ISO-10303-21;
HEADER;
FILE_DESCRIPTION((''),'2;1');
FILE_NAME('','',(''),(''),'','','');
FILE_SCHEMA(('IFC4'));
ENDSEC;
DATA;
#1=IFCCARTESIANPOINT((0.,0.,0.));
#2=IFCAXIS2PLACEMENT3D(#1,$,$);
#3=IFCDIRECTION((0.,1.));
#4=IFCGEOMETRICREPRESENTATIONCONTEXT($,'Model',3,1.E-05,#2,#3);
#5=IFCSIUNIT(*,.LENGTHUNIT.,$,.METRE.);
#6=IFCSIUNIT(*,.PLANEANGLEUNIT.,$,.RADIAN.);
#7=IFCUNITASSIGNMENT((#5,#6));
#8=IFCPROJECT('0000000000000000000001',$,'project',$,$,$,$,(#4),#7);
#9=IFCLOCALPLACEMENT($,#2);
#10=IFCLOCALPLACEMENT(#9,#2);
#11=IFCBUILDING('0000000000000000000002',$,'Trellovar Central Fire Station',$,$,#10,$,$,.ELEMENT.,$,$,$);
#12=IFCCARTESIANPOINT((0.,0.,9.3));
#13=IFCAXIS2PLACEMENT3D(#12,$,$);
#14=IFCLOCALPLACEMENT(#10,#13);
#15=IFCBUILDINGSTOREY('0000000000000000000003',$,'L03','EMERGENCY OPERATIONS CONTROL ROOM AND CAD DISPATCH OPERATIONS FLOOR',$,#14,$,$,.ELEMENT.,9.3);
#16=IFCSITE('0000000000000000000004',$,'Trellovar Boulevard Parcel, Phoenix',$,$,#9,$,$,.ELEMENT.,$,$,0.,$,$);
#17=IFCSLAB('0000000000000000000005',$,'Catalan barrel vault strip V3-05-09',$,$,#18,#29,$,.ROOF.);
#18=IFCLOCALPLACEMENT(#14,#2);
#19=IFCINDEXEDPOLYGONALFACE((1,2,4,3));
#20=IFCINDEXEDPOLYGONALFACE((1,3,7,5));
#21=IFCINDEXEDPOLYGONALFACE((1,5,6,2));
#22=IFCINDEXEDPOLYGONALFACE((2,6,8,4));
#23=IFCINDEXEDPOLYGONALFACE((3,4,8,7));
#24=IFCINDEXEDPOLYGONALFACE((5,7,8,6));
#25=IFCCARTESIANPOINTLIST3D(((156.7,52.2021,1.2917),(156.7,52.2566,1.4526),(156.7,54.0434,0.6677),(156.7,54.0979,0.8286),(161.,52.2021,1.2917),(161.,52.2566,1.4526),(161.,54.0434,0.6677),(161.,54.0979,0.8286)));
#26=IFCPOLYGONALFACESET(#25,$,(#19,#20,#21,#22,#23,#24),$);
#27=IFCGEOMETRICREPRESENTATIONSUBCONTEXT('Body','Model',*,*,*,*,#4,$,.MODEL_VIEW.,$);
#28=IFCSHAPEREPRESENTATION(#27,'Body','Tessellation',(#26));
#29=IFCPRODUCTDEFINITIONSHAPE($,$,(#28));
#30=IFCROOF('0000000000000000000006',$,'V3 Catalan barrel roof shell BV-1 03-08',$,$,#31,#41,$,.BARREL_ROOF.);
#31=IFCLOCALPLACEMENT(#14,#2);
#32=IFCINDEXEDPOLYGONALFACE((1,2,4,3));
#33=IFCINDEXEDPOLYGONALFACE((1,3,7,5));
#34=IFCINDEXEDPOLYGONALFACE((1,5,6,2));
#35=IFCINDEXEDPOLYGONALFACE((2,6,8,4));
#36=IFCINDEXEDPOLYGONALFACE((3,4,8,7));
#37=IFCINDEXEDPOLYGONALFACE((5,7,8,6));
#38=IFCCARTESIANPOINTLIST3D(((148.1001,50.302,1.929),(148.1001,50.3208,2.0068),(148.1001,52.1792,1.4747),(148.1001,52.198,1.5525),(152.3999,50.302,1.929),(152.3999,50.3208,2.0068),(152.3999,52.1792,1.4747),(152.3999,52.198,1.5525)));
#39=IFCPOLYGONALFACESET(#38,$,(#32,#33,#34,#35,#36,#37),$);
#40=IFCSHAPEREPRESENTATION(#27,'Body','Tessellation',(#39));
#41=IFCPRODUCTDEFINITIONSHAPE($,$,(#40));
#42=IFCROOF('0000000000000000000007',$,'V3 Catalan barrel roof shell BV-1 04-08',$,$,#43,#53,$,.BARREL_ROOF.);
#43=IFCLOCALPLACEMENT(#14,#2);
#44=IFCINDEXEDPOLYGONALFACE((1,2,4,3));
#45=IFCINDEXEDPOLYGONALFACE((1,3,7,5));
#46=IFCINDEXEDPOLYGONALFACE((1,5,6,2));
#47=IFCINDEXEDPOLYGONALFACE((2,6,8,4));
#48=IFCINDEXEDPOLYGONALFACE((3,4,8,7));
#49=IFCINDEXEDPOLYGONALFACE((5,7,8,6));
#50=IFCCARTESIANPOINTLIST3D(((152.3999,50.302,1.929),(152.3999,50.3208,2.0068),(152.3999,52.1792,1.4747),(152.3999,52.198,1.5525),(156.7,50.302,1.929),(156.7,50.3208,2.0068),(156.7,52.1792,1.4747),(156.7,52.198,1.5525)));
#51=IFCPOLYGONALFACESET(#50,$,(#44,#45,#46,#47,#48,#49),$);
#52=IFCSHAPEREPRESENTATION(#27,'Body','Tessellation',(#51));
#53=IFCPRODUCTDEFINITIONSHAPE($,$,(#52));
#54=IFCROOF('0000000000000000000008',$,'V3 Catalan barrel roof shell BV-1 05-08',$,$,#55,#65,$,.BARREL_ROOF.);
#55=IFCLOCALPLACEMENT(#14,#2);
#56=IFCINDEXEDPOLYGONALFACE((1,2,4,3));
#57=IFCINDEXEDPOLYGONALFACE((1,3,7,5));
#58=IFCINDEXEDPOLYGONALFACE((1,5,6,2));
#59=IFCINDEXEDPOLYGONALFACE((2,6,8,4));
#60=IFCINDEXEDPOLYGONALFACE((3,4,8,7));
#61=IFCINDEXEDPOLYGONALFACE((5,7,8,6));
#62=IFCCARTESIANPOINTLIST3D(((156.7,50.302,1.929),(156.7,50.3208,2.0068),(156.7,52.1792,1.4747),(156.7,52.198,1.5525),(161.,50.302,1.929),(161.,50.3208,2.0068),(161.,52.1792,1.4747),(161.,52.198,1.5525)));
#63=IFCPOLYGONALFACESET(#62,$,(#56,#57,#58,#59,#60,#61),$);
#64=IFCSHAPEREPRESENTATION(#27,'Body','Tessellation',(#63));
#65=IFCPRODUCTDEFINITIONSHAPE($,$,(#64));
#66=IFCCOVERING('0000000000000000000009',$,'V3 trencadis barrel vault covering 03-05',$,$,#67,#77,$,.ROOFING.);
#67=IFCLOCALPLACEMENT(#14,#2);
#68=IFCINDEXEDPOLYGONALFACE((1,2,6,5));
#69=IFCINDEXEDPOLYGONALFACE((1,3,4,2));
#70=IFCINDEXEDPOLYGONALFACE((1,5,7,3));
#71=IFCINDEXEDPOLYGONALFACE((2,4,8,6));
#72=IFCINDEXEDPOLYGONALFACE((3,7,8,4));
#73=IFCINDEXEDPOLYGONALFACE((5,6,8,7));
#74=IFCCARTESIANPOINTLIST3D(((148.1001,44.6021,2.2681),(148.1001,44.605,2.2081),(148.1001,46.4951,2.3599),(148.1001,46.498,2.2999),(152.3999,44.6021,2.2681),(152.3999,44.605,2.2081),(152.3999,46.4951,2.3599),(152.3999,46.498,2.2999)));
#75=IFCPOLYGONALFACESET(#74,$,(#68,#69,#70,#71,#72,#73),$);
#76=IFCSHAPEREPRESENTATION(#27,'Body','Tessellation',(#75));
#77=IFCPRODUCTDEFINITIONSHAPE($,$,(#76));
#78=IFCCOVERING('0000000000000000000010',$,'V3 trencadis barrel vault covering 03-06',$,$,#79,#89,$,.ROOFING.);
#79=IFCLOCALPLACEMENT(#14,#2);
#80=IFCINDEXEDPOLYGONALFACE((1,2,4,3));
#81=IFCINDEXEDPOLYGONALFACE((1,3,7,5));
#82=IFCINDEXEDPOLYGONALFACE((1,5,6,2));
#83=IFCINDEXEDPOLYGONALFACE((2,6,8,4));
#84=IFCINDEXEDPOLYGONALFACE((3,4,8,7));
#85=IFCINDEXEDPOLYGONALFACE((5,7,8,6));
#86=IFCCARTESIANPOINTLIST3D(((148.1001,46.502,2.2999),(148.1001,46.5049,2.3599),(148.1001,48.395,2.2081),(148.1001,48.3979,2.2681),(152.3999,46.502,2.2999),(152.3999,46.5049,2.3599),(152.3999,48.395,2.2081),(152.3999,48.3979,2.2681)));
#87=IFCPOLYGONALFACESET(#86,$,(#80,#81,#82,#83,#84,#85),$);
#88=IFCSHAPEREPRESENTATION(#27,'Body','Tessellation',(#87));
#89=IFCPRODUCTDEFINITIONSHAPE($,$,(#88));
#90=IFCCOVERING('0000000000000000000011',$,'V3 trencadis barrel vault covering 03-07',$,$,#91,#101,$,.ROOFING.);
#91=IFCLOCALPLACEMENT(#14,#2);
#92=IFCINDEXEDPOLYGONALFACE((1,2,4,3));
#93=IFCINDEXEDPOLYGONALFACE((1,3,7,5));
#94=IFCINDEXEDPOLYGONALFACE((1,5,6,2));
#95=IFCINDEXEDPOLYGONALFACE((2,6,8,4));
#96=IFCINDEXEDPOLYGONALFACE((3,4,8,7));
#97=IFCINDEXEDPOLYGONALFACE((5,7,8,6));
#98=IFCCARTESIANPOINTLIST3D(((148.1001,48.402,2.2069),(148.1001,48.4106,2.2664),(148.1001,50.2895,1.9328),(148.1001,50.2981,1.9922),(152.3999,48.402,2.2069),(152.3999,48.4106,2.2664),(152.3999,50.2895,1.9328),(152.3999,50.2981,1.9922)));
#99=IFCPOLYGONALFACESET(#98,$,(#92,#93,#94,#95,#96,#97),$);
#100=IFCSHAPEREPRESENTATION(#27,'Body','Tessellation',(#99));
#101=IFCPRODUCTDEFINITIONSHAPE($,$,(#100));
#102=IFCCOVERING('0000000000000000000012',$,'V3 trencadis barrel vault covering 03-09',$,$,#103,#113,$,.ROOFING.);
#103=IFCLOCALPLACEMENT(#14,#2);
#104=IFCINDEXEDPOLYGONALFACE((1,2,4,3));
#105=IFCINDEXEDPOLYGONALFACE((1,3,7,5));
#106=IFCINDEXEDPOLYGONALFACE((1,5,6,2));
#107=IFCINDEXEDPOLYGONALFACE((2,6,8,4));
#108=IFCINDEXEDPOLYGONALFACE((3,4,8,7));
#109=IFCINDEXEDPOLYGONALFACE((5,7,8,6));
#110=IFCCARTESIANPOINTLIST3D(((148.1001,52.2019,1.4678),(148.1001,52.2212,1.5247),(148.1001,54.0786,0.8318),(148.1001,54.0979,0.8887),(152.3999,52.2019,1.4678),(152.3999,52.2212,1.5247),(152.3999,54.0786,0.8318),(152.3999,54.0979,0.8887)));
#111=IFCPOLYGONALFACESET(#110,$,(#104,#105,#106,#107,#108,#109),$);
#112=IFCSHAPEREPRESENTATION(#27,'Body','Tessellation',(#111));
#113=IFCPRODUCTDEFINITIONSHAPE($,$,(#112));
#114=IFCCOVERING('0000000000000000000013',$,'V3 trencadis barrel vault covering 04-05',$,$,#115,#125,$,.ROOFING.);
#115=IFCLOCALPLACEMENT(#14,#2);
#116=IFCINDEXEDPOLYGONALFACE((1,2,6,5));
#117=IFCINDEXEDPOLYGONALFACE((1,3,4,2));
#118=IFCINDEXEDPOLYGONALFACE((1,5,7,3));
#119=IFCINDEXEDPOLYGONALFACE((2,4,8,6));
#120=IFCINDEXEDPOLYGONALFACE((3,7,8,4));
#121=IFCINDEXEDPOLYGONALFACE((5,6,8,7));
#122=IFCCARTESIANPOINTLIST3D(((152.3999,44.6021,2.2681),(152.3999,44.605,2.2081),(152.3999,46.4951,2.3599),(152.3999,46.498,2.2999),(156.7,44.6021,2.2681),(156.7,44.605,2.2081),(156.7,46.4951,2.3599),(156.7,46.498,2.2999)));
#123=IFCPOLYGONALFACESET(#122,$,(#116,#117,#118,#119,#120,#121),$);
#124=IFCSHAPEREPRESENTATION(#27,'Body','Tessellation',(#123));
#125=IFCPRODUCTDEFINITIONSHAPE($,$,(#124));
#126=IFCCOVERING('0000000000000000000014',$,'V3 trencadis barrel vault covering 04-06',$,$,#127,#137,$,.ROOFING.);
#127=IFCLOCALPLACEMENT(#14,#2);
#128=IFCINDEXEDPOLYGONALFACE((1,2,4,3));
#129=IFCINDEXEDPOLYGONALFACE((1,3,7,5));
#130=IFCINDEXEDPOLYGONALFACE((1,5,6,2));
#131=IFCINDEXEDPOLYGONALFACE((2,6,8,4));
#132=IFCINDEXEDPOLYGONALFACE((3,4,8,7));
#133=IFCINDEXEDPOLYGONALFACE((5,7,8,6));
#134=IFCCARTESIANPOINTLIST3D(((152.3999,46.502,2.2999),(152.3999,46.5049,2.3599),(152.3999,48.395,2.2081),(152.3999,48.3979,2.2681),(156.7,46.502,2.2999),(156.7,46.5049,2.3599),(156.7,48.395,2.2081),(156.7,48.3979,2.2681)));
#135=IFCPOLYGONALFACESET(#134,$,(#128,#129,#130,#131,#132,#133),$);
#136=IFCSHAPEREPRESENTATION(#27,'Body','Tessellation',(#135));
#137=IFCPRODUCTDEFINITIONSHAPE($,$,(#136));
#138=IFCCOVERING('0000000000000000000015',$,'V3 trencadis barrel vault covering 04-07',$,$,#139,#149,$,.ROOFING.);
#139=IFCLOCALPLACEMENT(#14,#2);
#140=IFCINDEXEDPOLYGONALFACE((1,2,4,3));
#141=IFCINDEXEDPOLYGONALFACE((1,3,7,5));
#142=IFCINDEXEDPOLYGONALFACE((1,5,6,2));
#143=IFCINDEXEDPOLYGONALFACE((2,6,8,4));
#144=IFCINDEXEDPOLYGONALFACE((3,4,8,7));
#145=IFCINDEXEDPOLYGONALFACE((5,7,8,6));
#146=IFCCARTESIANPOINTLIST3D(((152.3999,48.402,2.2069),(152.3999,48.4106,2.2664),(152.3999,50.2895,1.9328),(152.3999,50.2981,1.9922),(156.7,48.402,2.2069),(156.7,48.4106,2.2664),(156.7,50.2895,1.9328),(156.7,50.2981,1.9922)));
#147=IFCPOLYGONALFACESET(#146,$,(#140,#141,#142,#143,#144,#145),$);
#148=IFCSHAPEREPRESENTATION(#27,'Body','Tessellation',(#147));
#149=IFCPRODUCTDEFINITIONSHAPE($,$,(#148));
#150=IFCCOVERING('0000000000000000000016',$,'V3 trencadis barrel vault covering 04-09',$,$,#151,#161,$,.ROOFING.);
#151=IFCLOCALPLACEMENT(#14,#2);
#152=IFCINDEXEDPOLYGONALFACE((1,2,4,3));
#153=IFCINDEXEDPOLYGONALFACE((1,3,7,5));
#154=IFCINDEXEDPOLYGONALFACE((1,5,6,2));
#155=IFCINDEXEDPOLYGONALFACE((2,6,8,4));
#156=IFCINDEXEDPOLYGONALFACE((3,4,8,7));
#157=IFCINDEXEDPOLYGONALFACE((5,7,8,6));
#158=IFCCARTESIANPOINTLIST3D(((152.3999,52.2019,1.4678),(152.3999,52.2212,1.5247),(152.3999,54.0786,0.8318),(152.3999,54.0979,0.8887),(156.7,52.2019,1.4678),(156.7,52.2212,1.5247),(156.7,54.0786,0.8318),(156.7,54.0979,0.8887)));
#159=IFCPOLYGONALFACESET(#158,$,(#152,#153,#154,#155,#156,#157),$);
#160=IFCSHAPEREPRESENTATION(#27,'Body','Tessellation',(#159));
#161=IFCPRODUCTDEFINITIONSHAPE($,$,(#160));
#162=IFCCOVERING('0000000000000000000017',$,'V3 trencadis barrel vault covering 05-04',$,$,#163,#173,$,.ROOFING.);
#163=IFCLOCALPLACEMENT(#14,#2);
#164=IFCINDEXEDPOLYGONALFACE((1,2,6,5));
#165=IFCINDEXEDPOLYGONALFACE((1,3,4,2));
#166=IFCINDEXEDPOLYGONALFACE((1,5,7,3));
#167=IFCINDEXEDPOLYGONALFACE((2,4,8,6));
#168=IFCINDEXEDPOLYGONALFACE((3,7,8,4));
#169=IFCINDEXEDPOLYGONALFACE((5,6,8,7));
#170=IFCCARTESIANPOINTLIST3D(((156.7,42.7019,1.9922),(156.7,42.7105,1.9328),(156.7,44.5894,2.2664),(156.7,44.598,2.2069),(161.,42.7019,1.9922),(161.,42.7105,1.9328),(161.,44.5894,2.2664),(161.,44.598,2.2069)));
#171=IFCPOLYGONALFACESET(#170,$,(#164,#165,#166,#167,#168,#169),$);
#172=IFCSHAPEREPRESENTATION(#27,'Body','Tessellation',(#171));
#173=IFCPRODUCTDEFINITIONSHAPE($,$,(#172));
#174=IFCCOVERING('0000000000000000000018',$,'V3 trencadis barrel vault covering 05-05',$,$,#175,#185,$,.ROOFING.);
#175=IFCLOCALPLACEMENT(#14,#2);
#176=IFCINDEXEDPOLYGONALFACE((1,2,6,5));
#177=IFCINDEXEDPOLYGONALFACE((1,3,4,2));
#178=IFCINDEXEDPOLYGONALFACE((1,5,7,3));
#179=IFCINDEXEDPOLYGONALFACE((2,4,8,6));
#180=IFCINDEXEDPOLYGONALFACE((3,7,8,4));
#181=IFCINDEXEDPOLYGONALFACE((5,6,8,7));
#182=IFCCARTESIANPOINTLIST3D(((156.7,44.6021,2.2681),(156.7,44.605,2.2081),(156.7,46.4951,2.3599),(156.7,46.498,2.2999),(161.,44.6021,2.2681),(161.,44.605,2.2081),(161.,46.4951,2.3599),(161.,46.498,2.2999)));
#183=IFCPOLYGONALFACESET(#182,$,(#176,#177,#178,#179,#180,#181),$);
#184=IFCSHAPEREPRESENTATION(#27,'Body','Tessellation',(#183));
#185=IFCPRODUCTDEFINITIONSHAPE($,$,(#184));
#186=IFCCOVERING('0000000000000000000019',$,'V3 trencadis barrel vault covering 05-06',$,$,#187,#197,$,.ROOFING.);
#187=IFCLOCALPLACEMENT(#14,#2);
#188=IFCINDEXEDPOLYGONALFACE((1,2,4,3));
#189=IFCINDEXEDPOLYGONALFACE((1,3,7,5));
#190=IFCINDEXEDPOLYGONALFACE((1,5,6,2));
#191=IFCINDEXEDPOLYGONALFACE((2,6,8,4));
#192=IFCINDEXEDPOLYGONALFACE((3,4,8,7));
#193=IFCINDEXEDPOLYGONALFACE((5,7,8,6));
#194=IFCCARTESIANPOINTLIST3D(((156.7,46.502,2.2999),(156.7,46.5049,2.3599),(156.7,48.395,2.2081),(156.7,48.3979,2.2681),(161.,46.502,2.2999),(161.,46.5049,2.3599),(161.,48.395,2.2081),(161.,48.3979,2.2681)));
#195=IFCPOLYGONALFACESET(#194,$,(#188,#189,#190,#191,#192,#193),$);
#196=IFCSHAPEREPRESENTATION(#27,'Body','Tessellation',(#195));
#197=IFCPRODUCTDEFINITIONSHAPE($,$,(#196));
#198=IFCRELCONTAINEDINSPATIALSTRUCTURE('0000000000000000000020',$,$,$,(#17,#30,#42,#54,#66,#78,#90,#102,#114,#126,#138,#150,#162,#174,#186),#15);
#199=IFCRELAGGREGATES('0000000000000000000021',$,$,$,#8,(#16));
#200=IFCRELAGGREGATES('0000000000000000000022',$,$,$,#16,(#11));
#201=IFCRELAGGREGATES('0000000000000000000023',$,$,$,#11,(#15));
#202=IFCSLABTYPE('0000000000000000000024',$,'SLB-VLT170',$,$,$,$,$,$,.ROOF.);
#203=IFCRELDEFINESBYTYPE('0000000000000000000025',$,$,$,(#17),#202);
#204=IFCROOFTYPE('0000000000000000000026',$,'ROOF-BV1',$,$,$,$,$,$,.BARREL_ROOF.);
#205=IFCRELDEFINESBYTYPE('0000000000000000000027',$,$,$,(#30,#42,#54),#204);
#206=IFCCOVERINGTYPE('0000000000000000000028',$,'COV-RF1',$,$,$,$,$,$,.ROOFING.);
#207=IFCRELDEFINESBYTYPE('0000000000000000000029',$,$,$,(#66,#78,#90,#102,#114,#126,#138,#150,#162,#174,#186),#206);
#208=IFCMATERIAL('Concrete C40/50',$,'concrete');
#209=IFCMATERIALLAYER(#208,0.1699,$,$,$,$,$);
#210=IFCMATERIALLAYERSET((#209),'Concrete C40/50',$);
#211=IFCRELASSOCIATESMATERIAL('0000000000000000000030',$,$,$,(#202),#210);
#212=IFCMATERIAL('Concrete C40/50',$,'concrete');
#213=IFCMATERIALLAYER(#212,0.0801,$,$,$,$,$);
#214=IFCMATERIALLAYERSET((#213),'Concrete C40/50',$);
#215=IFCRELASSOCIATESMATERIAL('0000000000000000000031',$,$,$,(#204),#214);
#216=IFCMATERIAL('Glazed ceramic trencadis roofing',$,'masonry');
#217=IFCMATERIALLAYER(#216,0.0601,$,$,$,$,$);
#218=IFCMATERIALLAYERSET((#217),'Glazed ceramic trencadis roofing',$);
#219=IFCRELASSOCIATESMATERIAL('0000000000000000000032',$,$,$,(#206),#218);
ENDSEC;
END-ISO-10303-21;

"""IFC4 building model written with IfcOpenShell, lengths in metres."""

from ifc_helpers import new_model, si_unit, direction, frame, origin, place, context, subcontext, project, spatial, polyline, outline, extrude, material, layer, layer_set, type_object, element, save


model = new_model("IFC4")

# Units and contexts
model_context = context("Model", 3, precision=1e-05, world=origin(), true_north=direction((0.0, 1.0)))
body_context = subcontext(model_context, "Body", "Model", "MODEL_VIEW")
ifc_project = project(units=[si_unit("LENGTHUNIT", "METRE"), si_unit("PLANEANGLEUNIT", "RADIAN")], contexts=[model_context])

# Site, building, storey
site_placement = place(None, origin())
site = spatial("IfcSite", under=ifc_project, at=site_placement, Name="Trellovar Boulevard Parcel, Phoenix", CompositionType="ELEMENT", RefElevation=0.0)
building_placement = place(site_placement, origin())
building = spatial("IfcBuilding", under=site, at=building_placement, Name="Trellovar Central Fire Station", CompositionType="ELEMENT")
storey_placement = place(building_placement, frame((0.0, 0.0, 9.3)))
storey = spatial("IfcBuildingStorey", under=building, at=storey_placement, Name="L03", Description="EMERGENCY OPERATIONS CONTROL ROOM AND CAD DISPATCH OPERATIONS FLOOR", CompositionType="ELEMENT", Elevation=9.3)

# Slab
ifc_material_1 = material(Name="Concrete C40/50", Category="concrete")
ifc_layer_1 = layer(ifc_material_1, 0.1699)
ifc_layer_set_1 = layer_set([ifc_layer_1], Name="Concrete C40/50")
slab_type = type_object("IfcSlabType", Name="SLB-VLT170", PredefinedType="ROOF", material=ifc_layer_set_1)
slab_1_placement = place(storey_placement, frame((156.7, 52.2566, 1.4526), z_axis=(0.0, 0.320971, 0.947089), x_axis=(1.0, 0.0, 0.0)))
element("IfcSlab", 1, at=slab_1_placement, inside=storey, type_object=slab_type, Name="Catalan barrel vault strip V3-05-09", PredefinedType="ROOF", context=body_context, shape_type="SweptSolid", body=[
    extrude(outline(polyline([(0.0, 0.0), (4.3, 0.0), (4.3, 1.9442), (0.0, 1.9442), (0.0, 0.0)])), origin(), (0.0, 0.0, -1.0), 0.1699),
])

# Roofs
ifc_material_2 = material(Name="Concrete C40/50", Category="concrete")
ifc_layer_2 = layer(ifc_material_2, 0.0801)
ifc_layer_set_2 = layer_set([ifc_layer_2], Name="Concrete C40/50")
roof_type = type_object("IfcRoofType", Name="ROOF-BV1", PredefinedType="BARREL_ROOF", material=ifc_layer_set_2)
roof_placement = place(storey_placement, frame((148.1001, 50.3208, 2.0068), z_axis=(0.0, 0.235242, 0.971937), x_axis=(1.0, 0.0, 0.0)))
element("IfcRoof", 2, at=roof_placement, inside=storey, type_object=roof_type, Name="V3 Catalan barrel roof shell BV-1 03-08", PredefinedType="BARREL_ROOF", context=body_context, shape_type="SweptSolid", body=[
    extrude(outline(polyline([(0.0, 0.0), (4.2998, 0.0), (4.2998, 1.9314), (0.0, 1.9314), (0.0, 0.0)])), origin(), (0.0, 0.0, -1.0), 0.0801),
])
for number, where, z_axis, x_axis, name in (
    (3, (152.3999, 50.3208, 2.0068), (0.0, 0.235242, 0.971937), (1.0, 0.0, 0.0), "V3 Catalan barrel roof shell BV-1 04-08"),
    (4, (156.7, 50.3208, 2.0068), (0.0, 0.235242, 0.971937), (1.0, 0.0, 0.0), "V3 Catalan barrel roof shell BV-1 05-08"),
):
    element("IfcRoof", number, at=place(storey_placement, frame(where, z_axis=z_axis, x_axis=x_axis)), inside=storey, type_object=roof_type, Name=name, PredefinedType="BARREL_ROOF", context=body_context, shape_type="SweptSolid", body=[
        extrude(outline(polyline([(0.0, 0.0), (4.3, 0.0), (4.3, 1.9314), (0.0, 1.9314), (0.0, 0.0)])), origin(), (0.0, 0.0, -1.0), 0.0801),
    ])

# Coverings
ifc_material_3 = material(Name="Glazed ceramic trencadis roofing", Category="masonry")
ifc_layer_3 = layer(ifc_material_3, 0.0601)
ifc_layer_set_3 = layer_set([ifc_layer_3], Name="Glazed ceramic trencadis roofing")
covering_type = type_object("IfcCoveringType", Name="COV-RF1", PredefinedType="ROOFING", material=ifc_layer_set_3)
for number, where, z_axis, x_axis, name in (
    (5, (148.1001, 44.6021, 2.2681), (0.0, -0.048434, 0.998826), (1.0, 0.0, 0.0), "V3 trencadis barrel vault covering 03-05"),
    (6, (148.1001, 46.5049, 2.3599), (0.0, 0.048434, 0.998826), (1.0, 0.0, 0.0), "V3 trencadis barrel vault covering 03-06"),
):
    element("IfcCovering", number, at=place(storey_placement, frame(where, z_axis=z_axis, x_axis=x_axis)), inside=storey, type_object=covering_type, Name=name, PredefinedType="ROOFING", context=body_context, shape_type="SweptSolid", body=[
        extrude(outline(polyline([(0.0, 0.0), (4.2998, 0.0), (4.2998, 1.8953), (0.0, 1.8953), (0.0, 0.0)])), origin(), (0.0, 0.0, -1.0), 0.0601),
    ])
covering_1_placement = place(storey_placement, frame((148.1001, 48.4106, 2.2664), z_axis=(0.0, 0.143751, 0.989614), x_axis=(1.0, 0.0, 0.0)))
element("IfcCovering", 7, at=covering_1_placement, inside=storey, type_object=covering_type, Name="V3 trencadis barrel vault covering 03-07", PredefinedType="ROOFING", context=body_context, shape_type="SweptSolid", body=[
    extrude(outline(polyline([(0.0, 0.0), (4.2998, 0.0), (4.2998, 1.9073), (0.0, 1.9073), (0.0, 0.0)])), origin(), (0.0, 0.0, -1.0), 0.0601),
])
covering_2_placement = place(storey_placement, frame((148.1001, 52.2212, 1.5247), z_axis=(0.0, 0.320955, 0.947094), x_axis=(1.0, 0.0, 0.0)))
element("IfcCovering", 8, at=covering_2_placement, inside=storey, type_object=covering_type, Name="V3 trencadis barrel vault covering 03-09", PredefinedType="ROOFING", context=body_context, shape_type="SweptSolid", body=[
    extrude(outline(polyline([(0.0, 0.0), (4.2998, 0.0), (4.2998, 1.9815), (0.0, 1.9815), (0.0, 0.0)])), origin(), (0.0, 0.0, -1.0), 0.0601),
])
for number, where, z_axis, x_axis, name in (
    (9, (152.3999, 44.6021, 2.2681), (0.0, -0.048434, 0.998826), (1.0, 0.0, 0.0), "V3 trencadis barrel vault covering 04-05"),
    (10, (152.3999, 46.5049, 2.3599), (0.0, 0.048434, 0.998826), (1.0, 0.0, 0.0), "V3 trencadis barrel vault covering 04-06"),
):
    element("IfcCovering", number, at=place(storey_placement, frame(where, z_axis=z_axis, x_axis=x_axis)), inside=storey, type_object=covering_type, Name=name, PredefinedType="ROOFING", context=body_context, shape_type="SweptSolid", body=[
        extrude(outline(polyline([(0.0, 0.0), (4.3, 0.0), (4.3, 1.8953), (0.0, 1.8953), (0.0, 0.0)])), origin(), (0.0, 0.0, -1.0), 0.0601),
    ])
covering_3_placement = place(storey_placement, frame((152.3999, 48.4106, 2.2664), z_axis=(0.0, 0.143751, 0.989614), x_axis=(1.0, 0.0, 0.0)))
element("IfcCovering", 11, at=covering_3_placement, inside=storey, type_object=covering_type, Name="V3 trencadis barrel vault covering 04-07", PredefinedType="ROOFING", context=body_context, shape_type="SweptSolid", body=[
    extrude(outline(polyline([(0.0, 0.0), (4.3, 0.0), (4.3, 1.9073), (0.0, 1.9073), (0.0, 0.0)])), origin(), (0.0, 0.0, -1.0), 0.0601),
])
covering_4_placement = place(storey_placement, frame((152.3999, 52.2212, 1.5247), z_axis=(0.0, 0.320955, 0.947094), x_axis=(1.0, 0.0, 0.0)))
element("IfcCovering", 12, at=covering_4_placement, inside=storey, type_object=covering_type, Name="V3 trencadis barrel vault covering 04-09", PredefinedType="ROOFING", context=body_context, shape_type="SweptSolid", body=[
    extrude(outline(polyline([(0.0, 0.0), (4.3, 0.0), (4.3, 1.9815), (0.0, 1.9815), (0.0, 0.0)])), origin(), (0.0, 0.0, -1.0), 0.0601),
])
covering_5_placement = place(storey_placement, frame((156.7, 42.7019, 1.9922), z_axis=(0.0, -0.143751, 0.989614), x_axis=(1.0, 0.0, 0.0)))
element("IfcCovering", 13, at=covering_5_placement, inside=storey, type_object=covering_type, Name="V3 trencadis barrel vault covering 05-04", PredefinedType="ROOFING", context=body_context, shape_type="SweptSolid", body=[
    extrude(outline(polyline([(0.0, 0.0), (4.3, 0.0), (4.3, 1.9073), (0.0, 1.9073), (0.0, 0.0)])), origin(), (0.0, 0.0, -1.0), 0.0601),
])
for number, where, z_axis, x_axis, name in (
    (14, (156.7, 44.6021, 2.2681), (0.0, -0.048434, 0.998826), (1.0, 0.0, 0.0), "V3 trencadis barrel vault covering 05-05"),
    (15, (156.7, 46.5049, 2.3599), (0.0, 0.048434, 0.998826), (1.0, 0.0, 0.0), "V3 trencadis barrel vault covering 05-06"),
):
    element("IfcCovering", number, at=place(storey_placement, frame(where, z_axis=z_axis, x_axis=x_axis)), inside=storey, type_object=covering_type, Name=name, PredefinedType="ROOFING", context=body_context, shape_type="SweptSolid", body=[
        extrude(outline(polyline([(0.0, 0.0), (4.3, 0.0), (4.3, 1.8953), (0.0, 1.8953), (0.0, 0.0)])), origin(), (0.0, 0.0, -1.0), 0.0601),
    ])

save(model, "model.ifc")
